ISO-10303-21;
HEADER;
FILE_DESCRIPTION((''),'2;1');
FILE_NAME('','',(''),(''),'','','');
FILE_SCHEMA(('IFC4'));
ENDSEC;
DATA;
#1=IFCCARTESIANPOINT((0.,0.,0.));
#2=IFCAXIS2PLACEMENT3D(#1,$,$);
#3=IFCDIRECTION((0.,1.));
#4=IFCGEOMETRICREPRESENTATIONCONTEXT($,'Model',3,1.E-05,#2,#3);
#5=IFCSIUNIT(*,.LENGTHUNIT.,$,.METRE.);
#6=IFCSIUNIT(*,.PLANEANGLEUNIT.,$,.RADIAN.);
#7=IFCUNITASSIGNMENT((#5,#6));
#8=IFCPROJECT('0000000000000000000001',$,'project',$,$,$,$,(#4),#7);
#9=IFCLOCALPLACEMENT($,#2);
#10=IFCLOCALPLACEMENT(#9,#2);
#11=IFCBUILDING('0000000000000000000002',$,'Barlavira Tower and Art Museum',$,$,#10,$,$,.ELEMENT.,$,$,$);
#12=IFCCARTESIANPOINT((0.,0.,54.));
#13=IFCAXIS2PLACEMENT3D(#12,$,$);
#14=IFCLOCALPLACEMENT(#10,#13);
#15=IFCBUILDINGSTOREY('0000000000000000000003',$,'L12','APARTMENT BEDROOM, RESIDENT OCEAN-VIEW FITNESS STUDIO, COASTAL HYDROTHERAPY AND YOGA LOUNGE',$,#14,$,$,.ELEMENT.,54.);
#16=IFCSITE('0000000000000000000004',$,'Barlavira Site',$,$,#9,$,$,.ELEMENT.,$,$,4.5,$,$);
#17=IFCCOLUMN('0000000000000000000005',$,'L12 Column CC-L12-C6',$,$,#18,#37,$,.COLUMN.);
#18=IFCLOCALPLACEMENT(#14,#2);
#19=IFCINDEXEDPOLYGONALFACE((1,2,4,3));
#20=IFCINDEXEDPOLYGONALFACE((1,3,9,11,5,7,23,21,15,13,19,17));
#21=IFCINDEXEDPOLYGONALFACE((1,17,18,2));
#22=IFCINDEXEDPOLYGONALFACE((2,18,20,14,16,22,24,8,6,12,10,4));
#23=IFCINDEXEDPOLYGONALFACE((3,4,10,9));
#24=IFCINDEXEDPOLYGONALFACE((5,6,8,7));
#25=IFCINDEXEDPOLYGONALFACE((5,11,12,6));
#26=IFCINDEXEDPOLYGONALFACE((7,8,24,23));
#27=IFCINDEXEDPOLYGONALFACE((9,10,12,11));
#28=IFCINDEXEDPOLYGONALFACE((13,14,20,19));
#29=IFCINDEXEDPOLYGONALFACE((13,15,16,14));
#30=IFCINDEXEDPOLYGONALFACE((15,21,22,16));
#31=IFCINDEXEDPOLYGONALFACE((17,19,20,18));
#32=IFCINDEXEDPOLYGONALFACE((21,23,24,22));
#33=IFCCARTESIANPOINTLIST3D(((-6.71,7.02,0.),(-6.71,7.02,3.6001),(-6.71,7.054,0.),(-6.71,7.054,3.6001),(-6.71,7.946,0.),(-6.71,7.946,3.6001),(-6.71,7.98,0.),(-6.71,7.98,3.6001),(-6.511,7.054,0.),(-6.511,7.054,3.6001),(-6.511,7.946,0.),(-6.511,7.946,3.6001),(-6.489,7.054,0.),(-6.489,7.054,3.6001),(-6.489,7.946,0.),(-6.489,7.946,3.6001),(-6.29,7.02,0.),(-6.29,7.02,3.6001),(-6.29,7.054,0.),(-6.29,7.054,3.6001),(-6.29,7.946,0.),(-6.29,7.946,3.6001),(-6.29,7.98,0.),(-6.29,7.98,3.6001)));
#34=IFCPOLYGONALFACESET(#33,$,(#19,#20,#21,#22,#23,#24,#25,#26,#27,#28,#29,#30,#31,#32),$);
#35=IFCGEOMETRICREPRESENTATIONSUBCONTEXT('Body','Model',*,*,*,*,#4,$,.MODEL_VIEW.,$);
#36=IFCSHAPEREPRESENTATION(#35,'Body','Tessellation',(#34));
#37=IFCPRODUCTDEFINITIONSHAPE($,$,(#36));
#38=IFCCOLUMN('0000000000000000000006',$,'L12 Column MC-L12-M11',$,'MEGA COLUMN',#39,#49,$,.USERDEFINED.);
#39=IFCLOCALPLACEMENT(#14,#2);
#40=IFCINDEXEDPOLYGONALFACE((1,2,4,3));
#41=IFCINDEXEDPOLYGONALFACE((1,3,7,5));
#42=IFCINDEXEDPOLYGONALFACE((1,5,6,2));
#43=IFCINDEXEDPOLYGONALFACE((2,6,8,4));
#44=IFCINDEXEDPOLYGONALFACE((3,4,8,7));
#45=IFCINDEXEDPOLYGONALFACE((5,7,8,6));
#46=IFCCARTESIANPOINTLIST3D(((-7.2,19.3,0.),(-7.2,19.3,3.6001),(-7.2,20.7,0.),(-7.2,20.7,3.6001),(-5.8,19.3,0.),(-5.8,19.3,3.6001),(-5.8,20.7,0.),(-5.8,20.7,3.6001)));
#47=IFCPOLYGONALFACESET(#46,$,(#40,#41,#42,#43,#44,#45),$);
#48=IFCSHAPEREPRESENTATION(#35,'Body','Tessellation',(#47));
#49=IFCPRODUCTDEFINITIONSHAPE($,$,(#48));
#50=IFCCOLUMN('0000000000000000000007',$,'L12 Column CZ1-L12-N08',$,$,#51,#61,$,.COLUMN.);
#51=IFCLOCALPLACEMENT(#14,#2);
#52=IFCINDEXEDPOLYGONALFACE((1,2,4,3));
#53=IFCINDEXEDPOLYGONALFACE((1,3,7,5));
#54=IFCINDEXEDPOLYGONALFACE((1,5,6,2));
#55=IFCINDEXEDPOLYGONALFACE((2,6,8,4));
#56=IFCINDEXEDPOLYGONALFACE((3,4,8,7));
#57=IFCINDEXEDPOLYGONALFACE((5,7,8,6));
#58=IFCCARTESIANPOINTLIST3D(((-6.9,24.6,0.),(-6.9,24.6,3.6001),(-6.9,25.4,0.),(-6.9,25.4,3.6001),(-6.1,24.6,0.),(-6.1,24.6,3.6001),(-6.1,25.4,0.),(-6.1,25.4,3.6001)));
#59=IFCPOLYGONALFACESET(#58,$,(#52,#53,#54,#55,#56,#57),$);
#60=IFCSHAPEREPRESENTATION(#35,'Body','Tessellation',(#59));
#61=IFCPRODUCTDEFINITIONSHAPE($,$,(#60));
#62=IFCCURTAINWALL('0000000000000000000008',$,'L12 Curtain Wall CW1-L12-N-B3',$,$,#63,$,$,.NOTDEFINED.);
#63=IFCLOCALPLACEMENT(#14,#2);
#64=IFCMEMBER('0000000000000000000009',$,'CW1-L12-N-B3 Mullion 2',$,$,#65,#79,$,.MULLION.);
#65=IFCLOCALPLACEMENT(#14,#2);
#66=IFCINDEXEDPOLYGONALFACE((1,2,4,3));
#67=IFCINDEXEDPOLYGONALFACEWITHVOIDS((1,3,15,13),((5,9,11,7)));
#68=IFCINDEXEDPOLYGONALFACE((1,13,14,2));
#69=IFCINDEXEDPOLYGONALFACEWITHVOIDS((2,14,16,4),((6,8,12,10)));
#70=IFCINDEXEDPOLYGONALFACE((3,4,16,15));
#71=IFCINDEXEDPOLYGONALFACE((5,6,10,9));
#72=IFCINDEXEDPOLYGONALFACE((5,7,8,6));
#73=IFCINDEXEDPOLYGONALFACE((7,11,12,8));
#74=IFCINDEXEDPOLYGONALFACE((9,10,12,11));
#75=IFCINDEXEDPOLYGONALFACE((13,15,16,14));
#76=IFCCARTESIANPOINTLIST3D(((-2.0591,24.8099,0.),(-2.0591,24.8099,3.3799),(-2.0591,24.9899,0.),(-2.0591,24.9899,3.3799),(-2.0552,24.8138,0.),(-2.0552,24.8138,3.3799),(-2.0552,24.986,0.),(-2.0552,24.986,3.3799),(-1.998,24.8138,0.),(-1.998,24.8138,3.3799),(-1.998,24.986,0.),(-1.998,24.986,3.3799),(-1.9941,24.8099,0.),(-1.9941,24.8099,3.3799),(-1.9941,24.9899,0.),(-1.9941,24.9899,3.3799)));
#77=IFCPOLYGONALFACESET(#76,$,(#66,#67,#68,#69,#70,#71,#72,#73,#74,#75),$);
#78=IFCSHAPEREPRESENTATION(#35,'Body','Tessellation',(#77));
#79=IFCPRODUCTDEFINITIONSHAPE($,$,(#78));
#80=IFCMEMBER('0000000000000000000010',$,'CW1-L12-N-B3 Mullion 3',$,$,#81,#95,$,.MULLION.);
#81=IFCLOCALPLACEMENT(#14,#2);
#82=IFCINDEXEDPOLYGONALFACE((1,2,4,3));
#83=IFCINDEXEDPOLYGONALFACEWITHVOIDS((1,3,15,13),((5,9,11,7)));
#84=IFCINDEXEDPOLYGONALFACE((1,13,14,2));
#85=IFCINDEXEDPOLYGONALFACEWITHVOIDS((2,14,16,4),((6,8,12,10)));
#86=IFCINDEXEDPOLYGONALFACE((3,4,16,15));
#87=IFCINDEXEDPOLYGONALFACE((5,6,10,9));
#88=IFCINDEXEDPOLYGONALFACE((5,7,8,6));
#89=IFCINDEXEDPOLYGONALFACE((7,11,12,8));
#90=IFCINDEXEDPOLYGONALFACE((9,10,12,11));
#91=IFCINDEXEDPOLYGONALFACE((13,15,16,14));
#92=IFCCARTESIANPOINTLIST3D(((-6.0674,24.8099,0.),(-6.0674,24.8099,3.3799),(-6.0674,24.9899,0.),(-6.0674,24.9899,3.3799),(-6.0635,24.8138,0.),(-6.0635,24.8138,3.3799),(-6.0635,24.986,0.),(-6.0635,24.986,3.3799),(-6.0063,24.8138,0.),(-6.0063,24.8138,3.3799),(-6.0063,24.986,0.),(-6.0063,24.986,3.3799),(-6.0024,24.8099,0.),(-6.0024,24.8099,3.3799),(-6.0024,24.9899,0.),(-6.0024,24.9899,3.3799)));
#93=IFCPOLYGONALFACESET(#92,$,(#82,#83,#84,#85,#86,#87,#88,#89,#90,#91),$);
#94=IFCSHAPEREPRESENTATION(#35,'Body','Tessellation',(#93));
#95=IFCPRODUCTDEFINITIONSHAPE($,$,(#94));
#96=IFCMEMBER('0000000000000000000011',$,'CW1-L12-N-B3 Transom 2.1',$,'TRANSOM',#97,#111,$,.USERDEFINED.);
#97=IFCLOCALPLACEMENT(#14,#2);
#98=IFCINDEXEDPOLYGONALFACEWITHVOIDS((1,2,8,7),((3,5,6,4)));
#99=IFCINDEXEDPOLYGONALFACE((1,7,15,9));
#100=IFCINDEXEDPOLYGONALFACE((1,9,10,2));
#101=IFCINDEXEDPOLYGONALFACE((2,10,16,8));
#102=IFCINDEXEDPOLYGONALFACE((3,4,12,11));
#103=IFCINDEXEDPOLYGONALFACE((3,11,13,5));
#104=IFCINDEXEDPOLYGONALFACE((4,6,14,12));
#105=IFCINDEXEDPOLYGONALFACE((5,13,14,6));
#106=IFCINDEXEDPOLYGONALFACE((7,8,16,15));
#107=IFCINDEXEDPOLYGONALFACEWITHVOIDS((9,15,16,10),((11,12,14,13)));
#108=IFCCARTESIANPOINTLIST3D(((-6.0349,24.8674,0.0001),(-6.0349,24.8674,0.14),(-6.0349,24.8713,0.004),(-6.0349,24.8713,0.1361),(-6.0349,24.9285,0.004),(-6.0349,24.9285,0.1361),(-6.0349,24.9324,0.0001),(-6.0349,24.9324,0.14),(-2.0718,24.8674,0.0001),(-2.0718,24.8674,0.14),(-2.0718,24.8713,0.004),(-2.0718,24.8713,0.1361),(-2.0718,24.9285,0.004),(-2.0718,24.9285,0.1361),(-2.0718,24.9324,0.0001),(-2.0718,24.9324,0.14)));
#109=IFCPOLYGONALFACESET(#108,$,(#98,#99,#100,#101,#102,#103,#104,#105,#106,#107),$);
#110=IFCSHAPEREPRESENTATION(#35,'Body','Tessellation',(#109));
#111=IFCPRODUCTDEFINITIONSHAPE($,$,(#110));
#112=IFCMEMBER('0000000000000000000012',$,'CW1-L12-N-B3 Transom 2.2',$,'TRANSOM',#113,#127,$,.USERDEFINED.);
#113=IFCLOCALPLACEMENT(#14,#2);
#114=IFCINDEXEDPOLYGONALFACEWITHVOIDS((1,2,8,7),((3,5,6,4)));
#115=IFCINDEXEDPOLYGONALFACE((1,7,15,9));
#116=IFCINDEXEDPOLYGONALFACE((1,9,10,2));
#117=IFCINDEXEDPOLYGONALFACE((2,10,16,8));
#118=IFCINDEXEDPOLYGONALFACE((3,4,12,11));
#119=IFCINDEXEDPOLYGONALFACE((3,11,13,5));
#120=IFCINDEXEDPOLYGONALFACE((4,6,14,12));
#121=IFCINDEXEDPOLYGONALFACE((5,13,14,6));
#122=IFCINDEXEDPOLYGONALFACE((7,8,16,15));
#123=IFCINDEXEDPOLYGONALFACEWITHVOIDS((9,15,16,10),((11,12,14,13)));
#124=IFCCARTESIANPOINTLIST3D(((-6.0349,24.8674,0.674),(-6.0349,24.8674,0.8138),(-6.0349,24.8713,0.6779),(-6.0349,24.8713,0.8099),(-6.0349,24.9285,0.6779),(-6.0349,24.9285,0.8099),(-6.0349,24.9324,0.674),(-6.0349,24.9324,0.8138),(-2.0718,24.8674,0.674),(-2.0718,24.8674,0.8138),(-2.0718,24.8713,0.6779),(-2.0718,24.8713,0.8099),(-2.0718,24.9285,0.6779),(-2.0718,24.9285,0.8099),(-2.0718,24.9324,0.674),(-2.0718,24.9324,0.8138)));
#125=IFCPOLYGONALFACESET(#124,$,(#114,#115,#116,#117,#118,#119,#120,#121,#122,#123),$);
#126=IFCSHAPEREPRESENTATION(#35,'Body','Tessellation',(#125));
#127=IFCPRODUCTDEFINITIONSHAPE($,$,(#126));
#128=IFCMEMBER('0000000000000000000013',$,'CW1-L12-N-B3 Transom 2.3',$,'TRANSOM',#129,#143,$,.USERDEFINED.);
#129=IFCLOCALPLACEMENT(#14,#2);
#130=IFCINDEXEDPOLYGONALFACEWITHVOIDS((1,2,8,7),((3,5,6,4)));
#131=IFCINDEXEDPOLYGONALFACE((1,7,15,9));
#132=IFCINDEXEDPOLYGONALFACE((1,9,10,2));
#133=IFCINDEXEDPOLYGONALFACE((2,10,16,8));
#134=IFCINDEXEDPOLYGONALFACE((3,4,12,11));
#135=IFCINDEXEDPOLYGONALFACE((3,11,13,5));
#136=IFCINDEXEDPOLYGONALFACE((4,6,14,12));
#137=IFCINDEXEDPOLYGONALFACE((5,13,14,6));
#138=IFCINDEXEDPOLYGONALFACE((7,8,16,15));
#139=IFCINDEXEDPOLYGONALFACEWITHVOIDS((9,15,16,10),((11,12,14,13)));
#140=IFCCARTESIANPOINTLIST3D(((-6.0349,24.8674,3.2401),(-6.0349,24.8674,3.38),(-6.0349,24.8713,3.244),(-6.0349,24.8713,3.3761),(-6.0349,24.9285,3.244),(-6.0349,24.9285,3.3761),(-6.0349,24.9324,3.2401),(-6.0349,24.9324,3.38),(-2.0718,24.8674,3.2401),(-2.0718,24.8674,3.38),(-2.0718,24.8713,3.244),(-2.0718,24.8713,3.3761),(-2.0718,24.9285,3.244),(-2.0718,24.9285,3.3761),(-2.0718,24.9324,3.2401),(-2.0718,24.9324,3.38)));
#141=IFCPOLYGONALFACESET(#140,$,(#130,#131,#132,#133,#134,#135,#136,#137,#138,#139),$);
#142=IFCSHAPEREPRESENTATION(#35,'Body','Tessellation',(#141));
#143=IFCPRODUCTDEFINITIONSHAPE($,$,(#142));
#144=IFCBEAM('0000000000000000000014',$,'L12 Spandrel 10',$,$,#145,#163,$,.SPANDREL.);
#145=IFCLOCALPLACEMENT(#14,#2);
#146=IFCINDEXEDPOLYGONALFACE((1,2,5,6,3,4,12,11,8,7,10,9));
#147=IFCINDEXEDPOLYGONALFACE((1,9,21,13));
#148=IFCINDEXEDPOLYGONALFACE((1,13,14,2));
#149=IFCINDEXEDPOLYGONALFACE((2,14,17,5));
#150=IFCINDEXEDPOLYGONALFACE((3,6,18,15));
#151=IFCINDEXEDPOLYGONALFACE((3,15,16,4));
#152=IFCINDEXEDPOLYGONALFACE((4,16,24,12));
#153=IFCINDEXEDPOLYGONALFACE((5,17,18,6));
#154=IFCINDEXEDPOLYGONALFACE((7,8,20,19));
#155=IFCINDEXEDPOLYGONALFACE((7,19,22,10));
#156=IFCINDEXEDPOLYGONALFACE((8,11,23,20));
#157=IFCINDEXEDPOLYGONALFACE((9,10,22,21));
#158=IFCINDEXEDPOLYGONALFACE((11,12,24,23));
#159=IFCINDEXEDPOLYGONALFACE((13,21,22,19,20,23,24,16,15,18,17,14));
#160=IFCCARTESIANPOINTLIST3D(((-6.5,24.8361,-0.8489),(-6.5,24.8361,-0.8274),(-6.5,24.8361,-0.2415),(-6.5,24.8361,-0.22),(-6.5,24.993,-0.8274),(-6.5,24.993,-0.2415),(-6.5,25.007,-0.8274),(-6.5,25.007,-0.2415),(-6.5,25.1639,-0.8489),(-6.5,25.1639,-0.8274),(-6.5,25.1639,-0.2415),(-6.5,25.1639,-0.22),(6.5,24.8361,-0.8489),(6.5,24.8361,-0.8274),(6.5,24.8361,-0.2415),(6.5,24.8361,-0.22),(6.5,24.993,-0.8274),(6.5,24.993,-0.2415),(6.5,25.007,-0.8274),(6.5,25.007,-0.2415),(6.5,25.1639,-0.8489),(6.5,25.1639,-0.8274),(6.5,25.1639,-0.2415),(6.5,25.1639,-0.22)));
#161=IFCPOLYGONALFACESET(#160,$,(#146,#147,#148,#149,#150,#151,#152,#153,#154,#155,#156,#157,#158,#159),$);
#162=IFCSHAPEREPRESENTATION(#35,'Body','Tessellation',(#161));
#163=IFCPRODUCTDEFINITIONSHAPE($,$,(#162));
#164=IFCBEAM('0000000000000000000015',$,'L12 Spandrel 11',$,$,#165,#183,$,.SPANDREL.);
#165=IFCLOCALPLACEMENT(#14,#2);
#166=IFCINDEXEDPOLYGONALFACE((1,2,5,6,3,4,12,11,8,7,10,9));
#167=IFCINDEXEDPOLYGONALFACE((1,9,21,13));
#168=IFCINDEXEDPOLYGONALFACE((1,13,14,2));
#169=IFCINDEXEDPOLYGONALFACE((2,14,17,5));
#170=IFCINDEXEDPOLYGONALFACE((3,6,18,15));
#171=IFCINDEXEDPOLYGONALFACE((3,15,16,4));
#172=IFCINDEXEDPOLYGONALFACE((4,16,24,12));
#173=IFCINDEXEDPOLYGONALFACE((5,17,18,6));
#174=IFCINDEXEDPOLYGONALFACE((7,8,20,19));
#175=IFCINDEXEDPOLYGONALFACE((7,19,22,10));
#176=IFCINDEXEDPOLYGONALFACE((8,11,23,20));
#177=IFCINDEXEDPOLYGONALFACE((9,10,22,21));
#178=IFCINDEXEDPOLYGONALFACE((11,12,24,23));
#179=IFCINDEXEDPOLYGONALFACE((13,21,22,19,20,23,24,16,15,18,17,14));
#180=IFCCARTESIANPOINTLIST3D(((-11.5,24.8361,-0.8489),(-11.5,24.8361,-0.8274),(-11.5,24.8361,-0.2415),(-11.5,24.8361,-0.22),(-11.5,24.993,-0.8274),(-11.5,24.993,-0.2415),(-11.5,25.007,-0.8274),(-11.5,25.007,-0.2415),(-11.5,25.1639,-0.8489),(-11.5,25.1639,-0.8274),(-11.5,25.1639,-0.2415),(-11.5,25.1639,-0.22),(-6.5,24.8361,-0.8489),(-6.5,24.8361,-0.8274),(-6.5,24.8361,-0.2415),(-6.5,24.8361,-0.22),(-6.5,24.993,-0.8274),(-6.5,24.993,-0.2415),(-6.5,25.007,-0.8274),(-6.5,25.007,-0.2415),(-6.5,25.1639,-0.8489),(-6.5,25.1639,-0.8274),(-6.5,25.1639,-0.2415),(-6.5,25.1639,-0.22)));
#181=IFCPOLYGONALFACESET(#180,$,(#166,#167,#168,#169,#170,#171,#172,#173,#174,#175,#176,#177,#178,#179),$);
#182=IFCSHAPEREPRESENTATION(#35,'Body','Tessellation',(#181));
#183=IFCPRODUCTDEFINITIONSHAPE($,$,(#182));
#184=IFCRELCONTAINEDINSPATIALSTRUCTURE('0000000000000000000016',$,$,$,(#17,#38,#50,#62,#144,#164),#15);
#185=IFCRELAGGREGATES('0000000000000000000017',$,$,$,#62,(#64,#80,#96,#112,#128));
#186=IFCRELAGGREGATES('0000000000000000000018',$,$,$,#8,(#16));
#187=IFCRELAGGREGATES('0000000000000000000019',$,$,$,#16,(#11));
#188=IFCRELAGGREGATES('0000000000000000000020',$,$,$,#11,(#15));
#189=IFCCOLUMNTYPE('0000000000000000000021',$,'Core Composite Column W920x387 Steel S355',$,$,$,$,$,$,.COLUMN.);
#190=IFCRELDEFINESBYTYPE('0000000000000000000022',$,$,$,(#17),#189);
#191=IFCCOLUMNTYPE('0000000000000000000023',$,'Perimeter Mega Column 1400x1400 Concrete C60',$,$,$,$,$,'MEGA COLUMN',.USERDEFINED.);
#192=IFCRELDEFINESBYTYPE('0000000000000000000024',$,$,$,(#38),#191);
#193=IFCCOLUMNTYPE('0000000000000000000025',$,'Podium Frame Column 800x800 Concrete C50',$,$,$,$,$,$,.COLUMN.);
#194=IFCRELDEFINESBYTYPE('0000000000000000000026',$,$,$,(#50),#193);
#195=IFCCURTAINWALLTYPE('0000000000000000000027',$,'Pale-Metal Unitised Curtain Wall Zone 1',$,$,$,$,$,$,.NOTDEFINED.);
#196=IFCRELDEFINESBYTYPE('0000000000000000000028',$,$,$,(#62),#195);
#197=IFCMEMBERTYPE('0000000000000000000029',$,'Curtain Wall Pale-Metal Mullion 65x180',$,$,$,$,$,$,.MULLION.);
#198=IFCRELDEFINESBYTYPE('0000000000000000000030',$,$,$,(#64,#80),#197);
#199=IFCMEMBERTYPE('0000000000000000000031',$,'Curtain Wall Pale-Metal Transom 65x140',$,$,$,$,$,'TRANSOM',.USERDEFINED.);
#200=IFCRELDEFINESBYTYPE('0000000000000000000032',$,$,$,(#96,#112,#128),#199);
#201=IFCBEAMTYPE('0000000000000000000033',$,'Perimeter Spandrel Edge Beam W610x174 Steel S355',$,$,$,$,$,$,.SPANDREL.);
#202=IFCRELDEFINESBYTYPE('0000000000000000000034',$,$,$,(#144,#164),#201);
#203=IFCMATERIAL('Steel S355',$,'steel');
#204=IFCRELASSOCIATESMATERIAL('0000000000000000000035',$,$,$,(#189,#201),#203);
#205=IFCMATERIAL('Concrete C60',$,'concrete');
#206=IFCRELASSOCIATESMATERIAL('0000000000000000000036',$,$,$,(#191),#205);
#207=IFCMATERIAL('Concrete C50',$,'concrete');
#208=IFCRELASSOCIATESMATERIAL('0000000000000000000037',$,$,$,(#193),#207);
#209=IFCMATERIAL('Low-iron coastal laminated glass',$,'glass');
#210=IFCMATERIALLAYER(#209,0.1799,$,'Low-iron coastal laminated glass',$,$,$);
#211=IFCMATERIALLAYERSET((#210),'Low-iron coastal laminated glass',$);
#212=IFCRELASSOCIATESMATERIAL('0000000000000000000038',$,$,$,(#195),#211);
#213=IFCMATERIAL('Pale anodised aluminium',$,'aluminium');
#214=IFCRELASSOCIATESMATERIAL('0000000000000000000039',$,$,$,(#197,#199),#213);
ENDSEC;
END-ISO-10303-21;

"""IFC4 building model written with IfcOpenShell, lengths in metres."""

from ifc_helpers import new_model, si_unit, direction, frame, origin, origin_2d, place, context, subcontext, project, spatial, rectangle, hollow_rectangle, i_section, extrude, material, layer, layer_set, material_profile, profile_set, type_object, element, aggregate, save


model = new_model("IFC4")

# Units and contexts
model_context = context("Model", 3, precision=1e-05, world=origin(), true_north=direction((0.0, 1.0)))
body_context = subcontext(model_context, "Body", "Model", "MODEL_VIEW")
ifc_project = project(units=[si_unit("LENGTHUNIT", "METRE"), si_unit("PLANEANGLEUNIT", "RADIAN")], contexts=[model_context])

# Site, building, storey
site_placement = place(None, origin())
site = spatial("IfcSite", under=ifc_project, at=site_placement, Name="Barlavira Site", CompositionType="ELEMENT", RefElevation=4.5)
building_placement = place(site_placement, origin())
building = spatial("IfcBuilding", under=site, at=building_placement, Name="Barlavira Tower and Art Museum", CompositionType="ELEMENT")
storey_placement = place(building_placement, frame((0.0, 0.0, 54.0)))
storey = spatial("IfcBuildingStorey", under=building, at=storey_placement, Name="L12", Description="APARTMENT BEDROOM, RESIDENT OCEAN-VIEW FITNESS STUDIO, COASTAL HYDROTHERAPY AND YOGA LOUNGE", CompositionType="ELEMENT", Elevation=54.0)

# Columns
ifc_material_1 = material(Name="Steel S355", Category="steel")
ifc_material_profile_1 = material_profile(ifc_material_1, i_section(OverallWidth=0.4199, OverallDepth=0.96, WebThickness=0.022, FlangeThickness=0.0339, at=origin_2d()), Name="W920x387.0")
ifc_profile_set_1 = profile_set([ifc_material_profile_1], Name="Steel S355")
column_type_1 = type_object("IfcColumnType", Name="Core Composite Column W920x387 Steel S355", PredefinedType="COLUMN", material=ifc_profile_set_1)
column_1_placement = place(storey_placement, frame((-6.5, 7.5, 0.0), z_axis=(0.0, 0.0, 1.0), x_axis=(1.0, 0.0, 0.0)))
element("IfcColumn", 1, at=column_1_placement, inside=storey, type_object=column_type_1, Name="L12 Column CC-L12-C6", PredefinedType="COLUMN", context=body_context, shape_type="SweptSolid", body=[
    extrude(i_section(OverallWidth=0.4199, OverallDepth=0.96, WebThickness=0.022, FlangeThickness=0.0339, at=origin_2d()), origin(), (0.0, 0.0, 1.0), 3.6001),
])
ifc_material_2 = material(Name="Concrete C60", Category="concrete")
ifc_material_profile_2 = material_profile(ifc_material_2, rectangle(XDim=1.3999, YDim=1.3999, at=origin_2d()), Name="RC-MCOL 1400x1400")
ifc_profile_set_2 = profile_set([ifc_material_profile_2], Name="Concrete C60")
column_type_2 = type_object("IfcColumnType", Name="Perimeter Mega Column 1400x1400 Concrete C60", ElementType="MEGA COLUMN", PredefinedType="USERDEFINED", material=ifc_profile_set_2)
column_2_placement = place(storey_placement, frame((-6.5, 20.0, 0.0), z_axis=(0.0, 0.0, 1.0), x_axis=(1.0, 0.0, 0.0)))
element("IfcColumn", 2, at=column_2_placement, inside=storey, type_object=column_type_2, Name="L12 Column MC-L12-M11", ObjectType="MEGA COLUMN", PredefinedType="USERDEFINED", context=body_context, shape_type="SweptSolid", body=[
    extrude(rectangle(XDim=1.3999, YDim=1.3999, at=origin_2d()), origin(), (0.0, 0.0, 1.0), 3.6001),
])
ifc_material_3 = material(Name="Concrete C50", Category="concrete")
ifc_material_profile_3 = material_profile(ifc_material_3, rectangle(XDim=0.8, YDim=0.8, at=origin_2d()), Name="RC-COL 800x800")
ifc_profile_set_3 = profile_set([ifc_material_profile_3], Name="Concrete C50")
column_type_3 = type_object("IfcColumnType", Name="Podium Frame Column 800x800 Concrete C50", PredefinedType="COLUMN", material=ifc_profile_set_3)
column_3_placement = place(storey_placement, frame((-6.5, 25.0, 0.0), z_axis=(0.0, 0.0, 1.0), x_axis=(1.0, 0.0, 0.0)))
element("IfcColumn", 3, at=column_3_placement, inside=storey, type_object=column_type_3, Name="L12 Column CZ1-L12-N08", PredefinedType="COLUMN", context=body_context, shape_type="SweptSolid", body=[
    extrude(rectangle(XDim=0.8, YDim=0.8, at=origin_2d()), origin(), (0.0, 0.0, 1.0), 3.6001),
])

# Curtain wall, members
ifc_material_4 = material(Name="Low-iron coastal laminated glass", Category="glass")
ifc_layer_1 = layer(ifc_material_4, 0.1799, Name="Low-iron coastal laminated glass")
ifc_layer_set_1 = layer_set([ifc_layer_1], Name="Low-iron coastal laminated glass")
curtain_wall_type = type_object("IfcCurtainWallType", Name="Pale-Metal Unitised Curtain Wall Zone 1", PredefinedType="NOTDEFINED", material=ifc_layer_set_1)
curtain_wall_placement = place(storey_placement, origin())
curtain_wall = element("IfcCurtainWall", 4, at=curtain_wall_placement, inside=storey, type_object=curtain_wall_type, Name="L12 Curtain Wall CW1-L12-N-B3", PredefinedType="NOTDEFINED")
ifc_material_5 = material(Name="Pale anodised aluminium", Category="aluminium")
ifc_material_profile_4 = material_profile(ifc_material_5, hollow_rectangle(XDim=0.0649, YDim=0.1799, WallThickness=0.0039, at=origin_2d()), Name="ALU-MULL 65x180x4")
ifc_profile_set_4 = profile_set([ifc_material_profile_4], Name="Pale anodised aluminium")
member_type_1 = type_object("IfcMemberType", Name="Curtain Wall Pale-Metal Mullion 65x180", PredefinedType="MULLION", material=ifc_profile_set_4)
member_1_placement = place(storey_placement, frame((-2.0266, 24.8999, 0.0), z_axis=(0.0, 0.0, 1.0), x_axis=(-1.0, 0.0, 0.0)))
member_1 = element("IfcMember", 5, at=member_1_placement, type_object=member_type_1, Name="CW1-L12-N-B3 Mullion 2", PredefinedType="MULLION", context=body_context, shape_type="SweptSolid", body=[
    extrude(hollow_rectangle(XDim=0.0649, YDim=0.1799, WallThickness=0.0039, at=origin_2d()), origin(), (0.0, 0.0, 1.0), 3.3799),
])
member_2_placement = place(storey_placement, frame((-6.0349, 24.8999, 0.0), z_axis=(0.0, 0.0, 1.0), x_axis=(-1.0, 0.0, 0.0)))
member_2 = element("IfcMember", 6, at=member_2_placement, type_object=member_type_1, Name="CW1-L12-N-B3 Mullion 3", PredefinedType="MULLION", context=body_context, shape_type="SweptSolid", body=[
    extrude(hollow_rectangle(XDim=0.0649, YDim=0.1799, WallThickness=0.0039, at=origin_2d()), origin(), (0.0, 0.0, 1.0), 3.3799),
])
ifc_material_profile_5 = material_profile(ifc_material_5, hollow_rectangle(XDim=0.0649, YDim=0.1399, WallThickness=0.0039, at=origin_2d()), Name="ALU-TRAN 65x140x4")
ifc_profile_set_5 = profile_set([ifc_material_profile_5], Name="Pale anodised aluminium")
member_type_2 = type_object("IfcMemberType", Name="Curtain Wall Pale-Metal Transom 65x140", ElementType="TRANSOM", PredefinedType="USERDEFINED", material=ifc_profile_set_5)
member_3_placement = place(storey_placement, frame((-2.0718, 24.8999, 0.0701), z_axis=(-1.0, 0.0, 0.0), x_axis=(0.0, -1.0, 0.0)))
member_3 = element("IfcMember", 7, at=member_3_placement, type_object=member_type_2, Name="CW1-L12-N-B3 Transom 2.1", ObjectType="TRANSOM", PredefinedType="USERDEFINED", context=body_context, shape_type="SweptSolid", body=[
    extrude(hollow_rectangle(XDim=0.0649, YDim=0.1399, WallThickness=0.0039, at=origin_2d()), origin(), (0.0, 0.0, 1.0), 3.9631),
])
member_4_placement = place(storey_placement, frame((-2.0718, 24.8999, 0.7439), z_axis=(-1.0, 0.0, 0.0), x_axis=(0.0, -1.0, 0.0)))
member_4 = element("IfcMember", 8, at=member_4_placement, type_object=member_type_2, Name="CW1-L12-N-B3 Transom 2.2", ObjectType="TRANSOM", PredefinedType="USERDEFINED", context=body_context, shape_type="SweptSolid", body=[
    extrude(hollow_rectangle(XDim=0.0649, YDim=0.1399, WallThickness=0.0039, at=origin_2d()), origin(), (0.0, 0.0, 1.0), 3.9631),
])
member_5_placement = place(storey_placement, frame((-2.0718, 24.8999, 3.3101), z_axis=(-1.0, 0.0, 0.0), x_axis=(0.0, -1.0, 0.0)))
member_5 = element("IfcMember", 9, at=member_5_placement, type_object=member_type_2, Name="CW1-L12-N-B3 Transom 2.3", ObjectType="TRANSOM", PredefinedType="USERDEFINED", context=body_context, shape_type="SweptSolid", body=[
    extrude(hollow_rectangle(XDim=0.0649, YDim=0.1399, WallThickness=0.0039, at=origin_2d()), origin(), (0.0, 0.0, 1.0), 3.9631),
])

# Beams
ifc_material_profile_6 = material_profile(ifc_material_1, i_section(OverallWidth=0.3279, OverallDepth=0.6289, WebThickness=0.0139, FlangeThickness=0.0215, at=origin_2d()), Name="W610x174.0")
ifc_profile_set_6 = profile_set([ifc_material_profile_6], Name="Steel S355")
beam_type_1 = type_object("IfcBeamType", Name="Perimeter Spandrel Edge Beam W610x174 Steel S355", PredefinedType="SPANDREL", material=ifc_profile_set_6)
beam_1_placement = place(storey_placement, frame((-6.5, 25.0, -0.5344), z_axis=(1.0, 0.0, 0.0), x_axis=(0.0, 1.0, 0.0)))
element("IfcBeam", 10, at=beam_1_placement, inside=storey, type_object=beam_type_1, Name="L12 Spandrel 10", PredefinedType="SPANDREL", context=body_context, shape_type="SweptSolid", body=[
    extrude(i_section(OverallWidth=0.3279, OverallDepth=0.6289, WebThickness=0.0139, FlangeThickness=0.0215, at=origin_2d()), origin(), (0.0, 0.0, 1.0), 13.0),
])
beam_2_placement = place(storey_placement, frame((-11.5, 25.0, -0.5344), z_axis=(1.0, 0.0, 0.0), x_axis=(0.0, 1.0, 0.0)))
element("IfcBeam", 11, at=beam_2_placement, inside=storey, type_object=beam_type_1, Name="L12 Spandrel 11", PredefinedType="SPANDREL", context=body_context, shape_type="SweptSolid", body=[
    extrude(i_section(OverallWidth=0.3279, OverallDepth=0.6289, WebThickness=0.0139, FlangeThickness=0.0215, at=origin_2d()), origin(), (0.0, 0.0, 1.0), 5.0),
])

aggregate(curtain_wall, [member_1, member_2, member_3, member_4, member_5])

save(model, "model.ifc")
